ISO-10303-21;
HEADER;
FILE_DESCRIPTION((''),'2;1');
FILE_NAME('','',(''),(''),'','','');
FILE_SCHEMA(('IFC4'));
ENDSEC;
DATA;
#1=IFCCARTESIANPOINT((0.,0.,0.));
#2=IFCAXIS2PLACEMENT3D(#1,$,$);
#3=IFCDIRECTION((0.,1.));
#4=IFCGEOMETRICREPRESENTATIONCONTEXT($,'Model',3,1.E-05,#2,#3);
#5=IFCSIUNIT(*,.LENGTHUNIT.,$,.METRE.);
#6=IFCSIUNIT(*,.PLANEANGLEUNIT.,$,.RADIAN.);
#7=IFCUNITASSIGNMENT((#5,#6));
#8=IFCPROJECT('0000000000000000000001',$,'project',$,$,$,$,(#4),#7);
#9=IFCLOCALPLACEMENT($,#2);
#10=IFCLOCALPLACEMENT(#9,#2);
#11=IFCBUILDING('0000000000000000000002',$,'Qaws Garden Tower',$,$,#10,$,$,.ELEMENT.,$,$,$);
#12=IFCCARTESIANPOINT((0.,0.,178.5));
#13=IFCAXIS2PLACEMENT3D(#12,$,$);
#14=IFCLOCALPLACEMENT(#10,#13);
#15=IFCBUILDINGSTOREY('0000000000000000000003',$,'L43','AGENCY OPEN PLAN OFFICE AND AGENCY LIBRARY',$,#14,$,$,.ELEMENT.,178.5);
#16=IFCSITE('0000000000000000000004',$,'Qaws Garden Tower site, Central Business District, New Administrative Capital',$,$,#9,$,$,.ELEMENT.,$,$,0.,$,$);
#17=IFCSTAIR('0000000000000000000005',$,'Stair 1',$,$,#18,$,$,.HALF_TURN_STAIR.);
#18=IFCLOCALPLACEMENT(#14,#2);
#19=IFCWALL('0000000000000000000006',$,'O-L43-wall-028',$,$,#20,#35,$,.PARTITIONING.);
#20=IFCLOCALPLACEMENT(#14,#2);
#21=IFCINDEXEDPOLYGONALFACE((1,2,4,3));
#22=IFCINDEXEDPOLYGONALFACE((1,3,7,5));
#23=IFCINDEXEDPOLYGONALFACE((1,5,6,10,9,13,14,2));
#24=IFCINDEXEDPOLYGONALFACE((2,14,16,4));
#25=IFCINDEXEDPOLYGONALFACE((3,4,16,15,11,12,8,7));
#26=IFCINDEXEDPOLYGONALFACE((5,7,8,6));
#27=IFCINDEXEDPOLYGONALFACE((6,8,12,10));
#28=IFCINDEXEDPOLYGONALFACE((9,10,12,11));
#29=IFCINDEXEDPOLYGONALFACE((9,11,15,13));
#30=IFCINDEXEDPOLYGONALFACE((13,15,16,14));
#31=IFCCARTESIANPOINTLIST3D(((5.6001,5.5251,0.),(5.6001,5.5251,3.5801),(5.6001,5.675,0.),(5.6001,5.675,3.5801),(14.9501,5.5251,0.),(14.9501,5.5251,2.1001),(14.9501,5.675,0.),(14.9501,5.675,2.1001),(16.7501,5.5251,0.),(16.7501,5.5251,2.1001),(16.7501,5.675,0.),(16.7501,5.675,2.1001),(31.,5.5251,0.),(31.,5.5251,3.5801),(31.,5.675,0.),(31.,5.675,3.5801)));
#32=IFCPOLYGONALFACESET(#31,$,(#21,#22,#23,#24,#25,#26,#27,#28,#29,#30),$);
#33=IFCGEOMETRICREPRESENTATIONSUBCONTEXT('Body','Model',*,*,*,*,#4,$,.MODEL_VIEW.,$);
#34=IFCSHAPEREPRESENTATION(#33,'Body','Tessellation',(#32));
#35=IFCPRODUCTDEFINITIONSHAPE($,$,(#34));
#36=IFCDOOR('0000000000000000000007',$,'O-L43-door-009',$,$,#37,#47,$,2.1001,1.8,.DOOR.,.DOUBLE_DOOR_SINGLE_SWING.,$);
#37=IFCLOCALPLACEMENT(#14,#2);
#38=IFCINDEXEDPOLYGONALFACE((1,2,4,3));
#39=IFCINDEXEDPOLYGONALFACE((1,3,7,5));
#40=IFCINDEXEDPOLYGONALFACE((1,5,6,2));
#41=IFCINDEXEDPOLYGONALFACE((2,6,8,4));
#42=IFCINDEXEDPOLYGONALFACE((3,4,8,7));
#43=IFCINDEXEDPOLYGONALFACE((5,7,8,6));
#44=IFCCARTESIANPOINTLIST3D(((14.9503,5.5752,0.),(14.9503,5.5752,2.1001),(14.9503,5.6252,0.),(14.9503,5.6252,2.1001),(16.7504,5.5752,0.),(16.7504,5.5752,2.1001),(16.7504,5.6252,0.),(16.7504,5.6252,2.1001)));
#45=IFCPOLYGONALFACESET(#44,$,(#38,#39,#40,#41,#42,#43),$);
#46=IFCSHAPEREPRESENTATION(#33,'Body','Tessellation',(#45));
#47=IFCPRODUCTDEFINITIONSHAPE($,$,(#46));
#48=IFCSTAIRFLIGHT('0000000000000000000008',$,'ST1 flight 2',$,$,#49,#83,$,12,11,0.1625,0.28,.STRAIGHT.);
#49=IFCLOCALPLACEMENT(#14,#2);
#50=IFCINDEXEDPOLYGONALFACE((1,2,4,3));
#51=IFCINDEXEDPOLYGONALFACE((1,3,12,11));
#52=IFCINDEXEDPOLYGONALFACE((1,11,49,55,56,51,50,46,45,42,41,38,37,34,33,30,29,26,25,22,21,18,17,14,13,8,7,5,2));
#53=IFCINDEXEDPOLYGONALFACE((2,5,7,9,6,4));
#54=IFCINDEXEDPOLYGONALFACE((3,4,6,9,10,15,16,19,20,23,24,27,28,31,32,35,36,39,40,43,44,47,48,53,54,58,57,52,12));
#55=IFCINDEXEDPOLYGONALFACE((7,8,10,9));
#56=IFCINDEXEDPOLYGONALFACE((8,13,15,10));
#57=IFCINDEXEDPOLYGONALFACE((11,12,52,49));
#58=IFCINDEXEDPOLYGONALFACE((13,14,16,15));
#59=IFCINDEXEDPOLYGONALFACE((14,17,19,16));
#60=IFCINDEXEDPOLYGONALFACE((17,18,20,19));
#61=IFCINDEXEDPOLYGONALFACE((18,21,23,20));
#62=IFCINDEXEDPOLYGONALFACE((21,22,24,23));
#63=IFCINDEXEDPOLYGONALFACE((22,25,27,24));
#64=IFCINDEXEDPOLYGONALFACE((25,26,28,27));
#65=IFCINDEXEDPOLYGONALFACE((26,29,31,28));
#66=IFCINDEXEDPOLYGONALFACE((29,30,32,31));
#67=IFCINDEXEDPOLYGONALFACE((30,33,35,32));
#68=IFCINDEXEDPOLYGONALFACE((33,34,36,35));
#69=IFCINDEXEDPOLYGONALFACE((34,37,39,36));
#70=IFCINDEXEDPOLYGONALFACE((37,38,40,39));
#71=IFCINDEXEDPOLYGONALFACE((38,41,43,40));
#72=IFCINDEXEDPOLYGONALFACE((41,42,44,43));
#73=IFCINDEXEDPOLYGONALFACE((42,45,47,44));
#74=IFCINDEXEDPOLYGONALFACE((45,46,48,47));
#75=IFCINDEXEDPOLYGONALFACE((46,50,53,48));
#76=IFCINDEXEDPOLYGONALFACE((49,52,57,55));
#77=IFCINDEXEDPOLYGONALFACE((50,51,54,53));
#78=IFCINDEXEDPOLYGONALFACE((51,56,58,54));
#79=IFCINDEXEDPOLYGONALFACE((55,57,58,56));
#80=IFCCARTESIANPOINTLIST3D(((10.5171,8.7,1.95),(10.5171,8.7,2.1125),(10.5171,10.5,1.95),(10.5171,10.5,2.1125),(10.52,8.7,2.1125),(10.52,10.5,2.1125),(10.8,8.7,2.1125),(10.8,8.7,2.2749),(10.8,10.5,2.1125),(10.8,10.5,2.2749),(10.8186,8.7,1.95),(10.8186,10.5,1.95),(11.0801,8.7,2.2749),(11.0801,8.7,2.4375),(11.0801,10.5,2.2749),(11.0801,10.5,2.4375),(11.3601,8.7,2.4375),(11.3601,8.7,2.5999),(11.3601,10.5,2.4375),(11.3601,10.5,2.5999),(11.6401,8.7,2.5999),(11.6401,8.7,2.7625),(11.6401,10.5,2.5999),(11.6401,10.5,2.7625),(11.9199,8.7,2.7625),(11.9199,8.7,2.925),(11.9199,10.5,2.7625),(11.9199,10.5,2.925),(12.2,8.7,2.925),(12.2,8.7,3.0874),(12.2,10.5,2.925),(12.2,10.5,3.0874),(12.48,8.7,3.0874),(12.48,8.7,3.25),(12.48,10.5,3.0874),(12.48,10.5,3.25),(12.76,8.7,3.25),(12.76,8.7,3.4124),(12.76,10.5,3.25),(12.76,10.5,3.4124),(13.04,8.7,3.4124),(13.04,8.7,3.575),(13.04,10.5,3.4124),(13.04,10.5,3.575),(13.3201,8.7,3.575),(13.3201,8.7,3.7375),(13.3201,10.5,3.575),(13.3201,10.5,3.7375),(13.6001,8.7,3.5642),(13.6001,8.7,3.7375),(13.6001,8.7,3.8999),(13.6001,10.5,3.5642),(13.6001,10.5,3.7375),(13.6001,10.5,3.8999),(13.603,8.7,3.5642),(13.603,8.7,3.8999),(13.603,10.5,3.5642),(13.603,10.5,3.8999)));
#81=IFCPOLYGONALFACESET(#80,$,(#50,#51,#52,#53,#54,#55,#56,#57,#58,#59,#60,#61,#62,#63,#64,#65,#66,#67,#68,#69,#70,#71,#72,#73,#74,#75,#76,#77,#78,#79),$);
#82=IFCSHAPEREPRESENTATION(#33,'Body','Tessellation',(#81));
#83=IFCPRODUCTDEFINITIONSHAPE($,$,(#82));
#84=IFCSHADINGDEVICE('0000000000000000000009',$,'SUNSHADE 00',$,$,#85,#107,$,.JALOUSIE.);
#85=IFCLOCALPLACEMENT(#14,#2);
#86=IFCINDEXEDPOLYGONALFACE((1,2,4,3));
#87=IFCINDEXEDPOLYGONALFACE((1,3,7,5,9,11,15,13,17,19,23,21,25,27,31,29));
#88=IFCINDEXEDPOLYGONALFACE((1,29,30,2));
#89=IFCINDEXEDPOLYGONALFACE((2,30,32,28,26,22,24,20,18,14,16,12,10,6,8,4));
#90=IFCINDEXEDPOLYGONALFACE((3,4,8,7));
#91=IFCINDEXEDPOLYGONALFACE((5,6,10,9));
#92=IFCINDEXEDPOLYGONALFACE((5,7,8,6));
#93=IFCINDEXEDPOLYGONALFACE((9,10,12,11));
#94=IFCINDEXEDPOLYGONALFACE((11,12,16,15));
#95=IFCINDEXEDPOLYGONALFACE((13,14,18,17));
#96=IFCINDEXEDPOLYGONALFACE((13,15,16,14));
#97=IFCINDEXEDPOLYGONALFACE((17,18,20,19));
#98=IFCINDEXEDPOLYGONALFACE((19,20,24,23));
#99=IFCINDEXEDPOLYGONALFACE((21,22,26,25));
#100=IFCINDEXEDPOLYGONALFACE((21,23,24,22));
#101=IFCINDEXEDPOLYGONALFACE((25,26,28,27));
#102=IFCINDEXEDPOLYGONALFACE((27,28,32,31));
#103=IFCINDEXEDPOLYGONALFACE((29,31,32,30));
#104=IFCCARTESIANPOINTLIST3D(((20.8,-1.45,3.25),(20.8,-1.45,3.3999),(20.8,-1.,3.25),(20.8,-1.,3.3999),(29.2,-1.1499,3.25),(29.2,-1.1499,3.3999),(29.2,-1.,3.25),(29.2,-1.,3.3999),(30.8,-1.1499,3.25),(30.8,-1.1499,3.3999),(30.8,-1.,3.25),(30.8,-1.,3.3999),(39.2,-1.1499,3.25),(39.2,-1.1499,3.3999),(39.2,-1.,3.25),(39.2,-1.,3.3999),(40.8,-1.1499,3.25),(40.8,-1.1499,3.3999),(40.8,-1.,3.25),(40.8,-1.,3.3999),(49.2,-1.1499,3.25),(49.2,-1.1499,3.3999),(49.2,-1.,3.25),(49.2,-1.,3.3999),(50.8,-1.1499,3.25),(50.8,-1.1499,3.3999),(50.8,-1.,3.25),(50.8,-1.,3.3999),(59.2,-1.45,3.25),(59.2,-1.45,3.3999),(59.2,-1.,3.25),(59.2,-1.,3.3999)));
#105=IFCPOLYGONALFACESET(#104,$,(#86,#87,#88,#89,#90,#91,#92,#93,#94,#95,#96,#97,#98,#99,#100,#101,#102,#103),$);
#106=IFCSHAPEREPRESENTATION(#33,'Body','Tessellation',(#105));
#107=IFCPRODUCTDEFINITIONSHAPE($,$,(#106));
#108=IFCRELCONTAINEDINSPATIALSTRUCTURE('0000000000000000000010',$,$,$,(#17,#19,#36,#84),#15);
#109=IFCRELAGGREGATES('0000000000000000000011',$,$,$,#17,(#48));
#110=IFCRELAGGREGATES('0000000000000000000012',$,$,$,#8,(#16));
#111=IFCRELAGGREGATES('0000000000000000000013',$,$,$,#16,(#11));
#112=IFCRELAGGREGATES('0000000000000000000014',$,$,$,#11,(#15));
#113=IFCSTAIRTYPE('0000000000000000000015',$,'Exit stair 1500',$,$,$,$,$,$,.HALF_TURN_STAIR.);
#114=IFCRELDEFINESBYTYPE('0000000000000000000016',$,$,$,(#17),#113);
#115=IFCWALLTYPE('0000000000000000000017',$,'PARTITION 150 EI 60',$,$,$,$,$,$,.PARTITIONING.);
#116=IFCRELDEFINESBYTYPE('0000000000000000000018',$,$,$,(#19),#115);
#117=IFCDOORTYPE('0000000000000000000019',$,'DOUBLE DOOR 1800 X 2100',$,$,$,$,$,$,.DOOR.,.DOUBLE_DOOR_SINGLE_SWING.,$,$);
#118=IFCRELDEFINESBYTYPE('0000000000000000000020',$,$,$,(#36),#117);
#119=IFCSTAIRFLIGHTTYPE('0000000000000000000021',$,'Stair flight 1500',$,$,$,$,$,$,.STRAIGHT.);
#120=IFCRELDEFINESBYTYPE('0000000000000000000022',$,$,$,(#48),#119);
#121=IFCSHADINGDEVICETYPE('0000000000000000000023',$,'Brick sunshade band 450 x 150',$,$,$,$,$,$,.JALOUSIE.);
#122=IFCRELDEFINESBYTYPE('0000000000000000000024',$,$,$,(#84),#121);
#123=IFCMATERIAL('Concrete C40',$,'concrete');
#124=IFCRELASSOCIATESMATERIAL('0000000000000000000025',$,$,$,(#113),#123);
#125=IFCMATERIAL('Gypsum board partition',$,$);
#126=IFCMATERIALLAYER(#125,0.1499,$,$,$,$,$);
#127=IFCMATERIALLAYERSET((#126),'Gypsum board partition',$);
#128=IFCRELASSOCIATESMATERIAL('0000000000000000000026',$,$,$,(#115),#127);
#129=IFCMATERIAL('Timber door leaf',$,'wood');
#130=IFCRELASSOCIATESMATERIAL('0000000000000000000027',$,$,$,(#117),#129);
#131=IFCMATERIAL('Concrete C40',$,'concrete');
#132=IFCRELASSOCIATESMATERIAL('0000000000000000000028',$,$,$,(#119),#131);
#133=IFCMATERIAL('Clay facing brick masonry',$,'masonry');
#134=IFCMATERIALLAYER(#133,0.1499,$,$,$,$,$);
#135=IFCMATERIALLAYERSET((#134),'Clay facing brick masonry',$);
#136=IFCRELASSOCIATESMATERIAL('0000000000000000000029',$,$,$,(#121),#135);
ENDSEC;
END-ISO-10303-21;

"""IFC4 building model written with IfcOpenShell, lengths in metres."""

from ifc_helpers import new_model, si_unit, direction, frame, frame_2d, origin, place, context, subcontext, project, spatial, polyline, rectangle, outline, extrude, material, layer, layer_set, type_object, element, fill, aggregate, save


model = new_model("IFC4")

# Units and contexts
model_context = context("Model", 3, precision=1e-05, world=origin(), true_north=direction((0.0, 1.0)))
body_context = subcontext(model_context, "Body", "Model", "MODEL_VIEW")
ifc_project = project(units=[si_unit("LENGTHUNIT", "METRE"), si_unit("PLANEANGLEUNIT", "RADIAN")], contexts=[model_context])

# Site, building, storey
site_placement = place(None, origin())
site = spatial("IfcSite", under=ifc_project, at=site_placement, Name="Qaws Garden Tower site, Central Business District, New Administrative Capital", CompositionType="ELEMENT", RefElevation=0.0)
building_placement = place(site_placement, origin())
building = spatial("IfcBuilding", under=site, at=building_placement, Name="Qaws Garden Tower", CompositionType="ELEMENT")
storey_placement = place(building_placement, frame((0.0, 0.0, 178.5)))
storey = spatial("IfcBuildingStorey", under=building, at=storey_placement, Name="L43", Description="AGENCY OPEN PLAN OFFICE AND AGENCY LIBRARY", CompositionType="ELEMENT", Elevation=178.5)

# Stair
ifc_material_1 = material(Name="Concrete C40", Category="concrete")
stair_type_1 = type_object("IfcStairType", Name="Exit stair 1500", PredefinedType="HALF_TURN_STAIR", material=ifc_material_1)
placement_1 = place(storey_placement, origin())
stair_1 = element("IfcStair", 1, at=placement_1, inside=storey, type_object=stair_type_1, Name="Stair 1", PredefinedType="HALF_TURN_STAIR")

# Shared definitions
ifc_material_2 = material(Name="Gypsum board partition")
ifc_layer_1 = layer(ifc_material_2, 0.1499)
ifc_layer_set_1 = layer_set([ifc_layer_1], Name="Gypsum board partition")
wall_type_1 = type_object("IfcWallType", Name="PARTITION 150 EI 60", PredefinedType="PARTITIONING", material=ifc_layer_set_1)

# Wall, opening, door
wall_1_placement = place(storey_placement, frame((5.6001, 5.6001, 0.0), z_axis=(0.0, 0.0, 1.0), x_axis=(1.0, 0.0, 0.0)))
wall_1 = element("IfcWall", 2, at=wall_1_placement, inside=storey, type_object=wall_type_1, Name="O-L43-wall-028", PredefinedType="PARTITIONING", context=body_context, shape_type="SweptSolid", body=[
    extrude(rectangle(XDim=25.3999, YDim=0.1499, at=frame_2d((12.7, 0.0))), origin(), (0.0, 0.0, 1.0), 3.5801),
])
opening_1_placement = place(wall_1_placement, frame((9.3501, 0.0, 0.0)))
opening_1 = element("IfcOpeningElement", 3, at=opening_1_placement, cuts=wall_1, PredefinedType="OPENING", context=body_context, shape_type="SweptSolid", body=[
    extrude(rectangle(XDim=1.8, YDim=2.1001, at=frame_2d((0.8999, 1.05))), frame((0.0, 0.085, 0.0), z_axis=(0.0, -1.0, 0.0), x_axis=(1.0, 0.0, 0.0)), (0.0, 0.0, 1.0), 0.1699),
])
ifc_material_3 = material(Name="Timber door leaf", Category="wood")
door_type_1 = type_object("IfcDoorType", Name="DOUBLE DOOR 1800 X 2100", OperationType="DOUBLE_DOOR_SINGLE_SWING", PredefinedType="DOOR", material=ifc_material_3)
door_1_placement = place(opening_1_placement, frame((1.8, 0.0, 0.0), z_axis=(0.0, 0.0, 1.0), x_axis=(-1.0, 0.0, 0.0)))
door_1 = element("IfcDoor", 4, at=door_1_placement, inside=storey, type_object=door_type_1, Name="O-L43-door-009", OperationType="DOUBLE_DOOR_SINGLE_SWING", OverallHeight=2.1001, OverallWidth=1.8, PredefinedType="DOOR", context=body_context, shape_type="SweptSolid", body=[
    extrude(rectangle(XDim=1.8, YDim=2.1001, at=frame_2d((0.8999, 1.05))), frame((0.0, 0.0249, 0.0), z_axis=(0.0, -1.0, 0.0), x_axis=(1.0, 0.0, 0.0)), (0.0, 0.0, 1.0), 0.05),
])
fill(opening_1, door_1)

# Stair flight
ifc_material_4 = material(Name="Concrete C40", Category="concrete")
stair_flight_type = type_object("IfcStairFlightType", Name="Stair flight 1500", PredefinedType="STRAIGHT", material=ifc_material_4)
stair_flight_placement = place(storey_placement, frame((10.52, 9.6001, 1.95), z_axis=(0.0, 0.0, 1.0), x_axis=(1.0, 0.0, 0.0)))
stair_flight = element("IfcStairFlight", 5, at=stair_flight_placement, type_object=stair_flight_type, Name="ST1 flight 2", NumberOfRisers=12, NumberOfTreads=11, PredefinedType="STRAIGHT", RiserHeight=0.1625, TreadLength=0.28, context=body_context, shape_type="SweptSolid", body=[
    extrude(outline(polyline([(-0.0029, 0.0), (-0.0029, 0.1626), (0.0, 0.1626), (0.28, 0.1626), (0.28, 0.325), (0.5601, 0.325), (0.5601, 0.4875), (0.8401, 0.4875), (0.8401, 0.6499), (1.1201, 0.6499), (1.1201, 0.8125), (1.3999, 0.8125), (1.3999, 0.9751), (1.6799, 0.9751), (1.6799, 1.1375), (1.96, 1.1375), (1.96, 1.3), (2.24, 1.3), (2.24, 1.4624), (2.52, 1.4624), (2.52, 1.625), (2.8, 1.625), (2.8, 1.7876), (3.0801, 1.7876), (3.0801, 1.95), (3.083, 1.95), (3.083, 1.6143), (3.0801, 1.6143), (0.2986, 0.0), (-0.0029, 0.0)])), frame((0.0, 0.8999, 0.0), z_axis=(0.0, -1.0, 0.0), x_axis=(1.0, 0.0, 0.0)), (0.0, 0.0, 1.0), 1.8),
])
aggregate(stair_1, [stair_flight])

# Shading device
ifc_material_5 = material(Name="Clay facing brick masonry", Category="masonry")
ifc_layer_2 = layer(ifc_material_5, 0.1499)
ifc_layer_set_2 = layer_set([ifc_layer_2], Name="Clay facing brick masonry")
shading_device_type = type_object("IfcShadingDeviceType", Name="Brick sunshade band 450 x 150", PredefinedType="JALOUSIE", material=ifc_layer_set_2)
shading_device_placement = place(storey_placement, frame((0.0, 0.0, 3.25)))
element("IfcShadingDevice", 6, at=shading_device_placement, inside=storey, type_object=shading_device_type, Name="SUNSHADE 00", PredefinedType="JALOUSIE", context=body_context, shape_type="SweptSolid", body=[
    extrude(outline(polyline([(20.8, -1.0), (20.8, -1.45), (59.2, -1.45), (59.2, -1.0), (50.8, -1.0), (50.8, -1.1499), (49.2, -1.1499), (49.2, -1.0), (40.8, -1.0), (40.8, -1.1499), (39.2, -1.1499), (39.2, -1.0), (30.8, -1.0), (30.8, -1.1499), (29.2, -1.1499), (29.2, -1.0), (20.8, -1.0)])), origin(), (0.0, 0.0, 1.0), 0.1499),
])

save(model, "model.ifc")
